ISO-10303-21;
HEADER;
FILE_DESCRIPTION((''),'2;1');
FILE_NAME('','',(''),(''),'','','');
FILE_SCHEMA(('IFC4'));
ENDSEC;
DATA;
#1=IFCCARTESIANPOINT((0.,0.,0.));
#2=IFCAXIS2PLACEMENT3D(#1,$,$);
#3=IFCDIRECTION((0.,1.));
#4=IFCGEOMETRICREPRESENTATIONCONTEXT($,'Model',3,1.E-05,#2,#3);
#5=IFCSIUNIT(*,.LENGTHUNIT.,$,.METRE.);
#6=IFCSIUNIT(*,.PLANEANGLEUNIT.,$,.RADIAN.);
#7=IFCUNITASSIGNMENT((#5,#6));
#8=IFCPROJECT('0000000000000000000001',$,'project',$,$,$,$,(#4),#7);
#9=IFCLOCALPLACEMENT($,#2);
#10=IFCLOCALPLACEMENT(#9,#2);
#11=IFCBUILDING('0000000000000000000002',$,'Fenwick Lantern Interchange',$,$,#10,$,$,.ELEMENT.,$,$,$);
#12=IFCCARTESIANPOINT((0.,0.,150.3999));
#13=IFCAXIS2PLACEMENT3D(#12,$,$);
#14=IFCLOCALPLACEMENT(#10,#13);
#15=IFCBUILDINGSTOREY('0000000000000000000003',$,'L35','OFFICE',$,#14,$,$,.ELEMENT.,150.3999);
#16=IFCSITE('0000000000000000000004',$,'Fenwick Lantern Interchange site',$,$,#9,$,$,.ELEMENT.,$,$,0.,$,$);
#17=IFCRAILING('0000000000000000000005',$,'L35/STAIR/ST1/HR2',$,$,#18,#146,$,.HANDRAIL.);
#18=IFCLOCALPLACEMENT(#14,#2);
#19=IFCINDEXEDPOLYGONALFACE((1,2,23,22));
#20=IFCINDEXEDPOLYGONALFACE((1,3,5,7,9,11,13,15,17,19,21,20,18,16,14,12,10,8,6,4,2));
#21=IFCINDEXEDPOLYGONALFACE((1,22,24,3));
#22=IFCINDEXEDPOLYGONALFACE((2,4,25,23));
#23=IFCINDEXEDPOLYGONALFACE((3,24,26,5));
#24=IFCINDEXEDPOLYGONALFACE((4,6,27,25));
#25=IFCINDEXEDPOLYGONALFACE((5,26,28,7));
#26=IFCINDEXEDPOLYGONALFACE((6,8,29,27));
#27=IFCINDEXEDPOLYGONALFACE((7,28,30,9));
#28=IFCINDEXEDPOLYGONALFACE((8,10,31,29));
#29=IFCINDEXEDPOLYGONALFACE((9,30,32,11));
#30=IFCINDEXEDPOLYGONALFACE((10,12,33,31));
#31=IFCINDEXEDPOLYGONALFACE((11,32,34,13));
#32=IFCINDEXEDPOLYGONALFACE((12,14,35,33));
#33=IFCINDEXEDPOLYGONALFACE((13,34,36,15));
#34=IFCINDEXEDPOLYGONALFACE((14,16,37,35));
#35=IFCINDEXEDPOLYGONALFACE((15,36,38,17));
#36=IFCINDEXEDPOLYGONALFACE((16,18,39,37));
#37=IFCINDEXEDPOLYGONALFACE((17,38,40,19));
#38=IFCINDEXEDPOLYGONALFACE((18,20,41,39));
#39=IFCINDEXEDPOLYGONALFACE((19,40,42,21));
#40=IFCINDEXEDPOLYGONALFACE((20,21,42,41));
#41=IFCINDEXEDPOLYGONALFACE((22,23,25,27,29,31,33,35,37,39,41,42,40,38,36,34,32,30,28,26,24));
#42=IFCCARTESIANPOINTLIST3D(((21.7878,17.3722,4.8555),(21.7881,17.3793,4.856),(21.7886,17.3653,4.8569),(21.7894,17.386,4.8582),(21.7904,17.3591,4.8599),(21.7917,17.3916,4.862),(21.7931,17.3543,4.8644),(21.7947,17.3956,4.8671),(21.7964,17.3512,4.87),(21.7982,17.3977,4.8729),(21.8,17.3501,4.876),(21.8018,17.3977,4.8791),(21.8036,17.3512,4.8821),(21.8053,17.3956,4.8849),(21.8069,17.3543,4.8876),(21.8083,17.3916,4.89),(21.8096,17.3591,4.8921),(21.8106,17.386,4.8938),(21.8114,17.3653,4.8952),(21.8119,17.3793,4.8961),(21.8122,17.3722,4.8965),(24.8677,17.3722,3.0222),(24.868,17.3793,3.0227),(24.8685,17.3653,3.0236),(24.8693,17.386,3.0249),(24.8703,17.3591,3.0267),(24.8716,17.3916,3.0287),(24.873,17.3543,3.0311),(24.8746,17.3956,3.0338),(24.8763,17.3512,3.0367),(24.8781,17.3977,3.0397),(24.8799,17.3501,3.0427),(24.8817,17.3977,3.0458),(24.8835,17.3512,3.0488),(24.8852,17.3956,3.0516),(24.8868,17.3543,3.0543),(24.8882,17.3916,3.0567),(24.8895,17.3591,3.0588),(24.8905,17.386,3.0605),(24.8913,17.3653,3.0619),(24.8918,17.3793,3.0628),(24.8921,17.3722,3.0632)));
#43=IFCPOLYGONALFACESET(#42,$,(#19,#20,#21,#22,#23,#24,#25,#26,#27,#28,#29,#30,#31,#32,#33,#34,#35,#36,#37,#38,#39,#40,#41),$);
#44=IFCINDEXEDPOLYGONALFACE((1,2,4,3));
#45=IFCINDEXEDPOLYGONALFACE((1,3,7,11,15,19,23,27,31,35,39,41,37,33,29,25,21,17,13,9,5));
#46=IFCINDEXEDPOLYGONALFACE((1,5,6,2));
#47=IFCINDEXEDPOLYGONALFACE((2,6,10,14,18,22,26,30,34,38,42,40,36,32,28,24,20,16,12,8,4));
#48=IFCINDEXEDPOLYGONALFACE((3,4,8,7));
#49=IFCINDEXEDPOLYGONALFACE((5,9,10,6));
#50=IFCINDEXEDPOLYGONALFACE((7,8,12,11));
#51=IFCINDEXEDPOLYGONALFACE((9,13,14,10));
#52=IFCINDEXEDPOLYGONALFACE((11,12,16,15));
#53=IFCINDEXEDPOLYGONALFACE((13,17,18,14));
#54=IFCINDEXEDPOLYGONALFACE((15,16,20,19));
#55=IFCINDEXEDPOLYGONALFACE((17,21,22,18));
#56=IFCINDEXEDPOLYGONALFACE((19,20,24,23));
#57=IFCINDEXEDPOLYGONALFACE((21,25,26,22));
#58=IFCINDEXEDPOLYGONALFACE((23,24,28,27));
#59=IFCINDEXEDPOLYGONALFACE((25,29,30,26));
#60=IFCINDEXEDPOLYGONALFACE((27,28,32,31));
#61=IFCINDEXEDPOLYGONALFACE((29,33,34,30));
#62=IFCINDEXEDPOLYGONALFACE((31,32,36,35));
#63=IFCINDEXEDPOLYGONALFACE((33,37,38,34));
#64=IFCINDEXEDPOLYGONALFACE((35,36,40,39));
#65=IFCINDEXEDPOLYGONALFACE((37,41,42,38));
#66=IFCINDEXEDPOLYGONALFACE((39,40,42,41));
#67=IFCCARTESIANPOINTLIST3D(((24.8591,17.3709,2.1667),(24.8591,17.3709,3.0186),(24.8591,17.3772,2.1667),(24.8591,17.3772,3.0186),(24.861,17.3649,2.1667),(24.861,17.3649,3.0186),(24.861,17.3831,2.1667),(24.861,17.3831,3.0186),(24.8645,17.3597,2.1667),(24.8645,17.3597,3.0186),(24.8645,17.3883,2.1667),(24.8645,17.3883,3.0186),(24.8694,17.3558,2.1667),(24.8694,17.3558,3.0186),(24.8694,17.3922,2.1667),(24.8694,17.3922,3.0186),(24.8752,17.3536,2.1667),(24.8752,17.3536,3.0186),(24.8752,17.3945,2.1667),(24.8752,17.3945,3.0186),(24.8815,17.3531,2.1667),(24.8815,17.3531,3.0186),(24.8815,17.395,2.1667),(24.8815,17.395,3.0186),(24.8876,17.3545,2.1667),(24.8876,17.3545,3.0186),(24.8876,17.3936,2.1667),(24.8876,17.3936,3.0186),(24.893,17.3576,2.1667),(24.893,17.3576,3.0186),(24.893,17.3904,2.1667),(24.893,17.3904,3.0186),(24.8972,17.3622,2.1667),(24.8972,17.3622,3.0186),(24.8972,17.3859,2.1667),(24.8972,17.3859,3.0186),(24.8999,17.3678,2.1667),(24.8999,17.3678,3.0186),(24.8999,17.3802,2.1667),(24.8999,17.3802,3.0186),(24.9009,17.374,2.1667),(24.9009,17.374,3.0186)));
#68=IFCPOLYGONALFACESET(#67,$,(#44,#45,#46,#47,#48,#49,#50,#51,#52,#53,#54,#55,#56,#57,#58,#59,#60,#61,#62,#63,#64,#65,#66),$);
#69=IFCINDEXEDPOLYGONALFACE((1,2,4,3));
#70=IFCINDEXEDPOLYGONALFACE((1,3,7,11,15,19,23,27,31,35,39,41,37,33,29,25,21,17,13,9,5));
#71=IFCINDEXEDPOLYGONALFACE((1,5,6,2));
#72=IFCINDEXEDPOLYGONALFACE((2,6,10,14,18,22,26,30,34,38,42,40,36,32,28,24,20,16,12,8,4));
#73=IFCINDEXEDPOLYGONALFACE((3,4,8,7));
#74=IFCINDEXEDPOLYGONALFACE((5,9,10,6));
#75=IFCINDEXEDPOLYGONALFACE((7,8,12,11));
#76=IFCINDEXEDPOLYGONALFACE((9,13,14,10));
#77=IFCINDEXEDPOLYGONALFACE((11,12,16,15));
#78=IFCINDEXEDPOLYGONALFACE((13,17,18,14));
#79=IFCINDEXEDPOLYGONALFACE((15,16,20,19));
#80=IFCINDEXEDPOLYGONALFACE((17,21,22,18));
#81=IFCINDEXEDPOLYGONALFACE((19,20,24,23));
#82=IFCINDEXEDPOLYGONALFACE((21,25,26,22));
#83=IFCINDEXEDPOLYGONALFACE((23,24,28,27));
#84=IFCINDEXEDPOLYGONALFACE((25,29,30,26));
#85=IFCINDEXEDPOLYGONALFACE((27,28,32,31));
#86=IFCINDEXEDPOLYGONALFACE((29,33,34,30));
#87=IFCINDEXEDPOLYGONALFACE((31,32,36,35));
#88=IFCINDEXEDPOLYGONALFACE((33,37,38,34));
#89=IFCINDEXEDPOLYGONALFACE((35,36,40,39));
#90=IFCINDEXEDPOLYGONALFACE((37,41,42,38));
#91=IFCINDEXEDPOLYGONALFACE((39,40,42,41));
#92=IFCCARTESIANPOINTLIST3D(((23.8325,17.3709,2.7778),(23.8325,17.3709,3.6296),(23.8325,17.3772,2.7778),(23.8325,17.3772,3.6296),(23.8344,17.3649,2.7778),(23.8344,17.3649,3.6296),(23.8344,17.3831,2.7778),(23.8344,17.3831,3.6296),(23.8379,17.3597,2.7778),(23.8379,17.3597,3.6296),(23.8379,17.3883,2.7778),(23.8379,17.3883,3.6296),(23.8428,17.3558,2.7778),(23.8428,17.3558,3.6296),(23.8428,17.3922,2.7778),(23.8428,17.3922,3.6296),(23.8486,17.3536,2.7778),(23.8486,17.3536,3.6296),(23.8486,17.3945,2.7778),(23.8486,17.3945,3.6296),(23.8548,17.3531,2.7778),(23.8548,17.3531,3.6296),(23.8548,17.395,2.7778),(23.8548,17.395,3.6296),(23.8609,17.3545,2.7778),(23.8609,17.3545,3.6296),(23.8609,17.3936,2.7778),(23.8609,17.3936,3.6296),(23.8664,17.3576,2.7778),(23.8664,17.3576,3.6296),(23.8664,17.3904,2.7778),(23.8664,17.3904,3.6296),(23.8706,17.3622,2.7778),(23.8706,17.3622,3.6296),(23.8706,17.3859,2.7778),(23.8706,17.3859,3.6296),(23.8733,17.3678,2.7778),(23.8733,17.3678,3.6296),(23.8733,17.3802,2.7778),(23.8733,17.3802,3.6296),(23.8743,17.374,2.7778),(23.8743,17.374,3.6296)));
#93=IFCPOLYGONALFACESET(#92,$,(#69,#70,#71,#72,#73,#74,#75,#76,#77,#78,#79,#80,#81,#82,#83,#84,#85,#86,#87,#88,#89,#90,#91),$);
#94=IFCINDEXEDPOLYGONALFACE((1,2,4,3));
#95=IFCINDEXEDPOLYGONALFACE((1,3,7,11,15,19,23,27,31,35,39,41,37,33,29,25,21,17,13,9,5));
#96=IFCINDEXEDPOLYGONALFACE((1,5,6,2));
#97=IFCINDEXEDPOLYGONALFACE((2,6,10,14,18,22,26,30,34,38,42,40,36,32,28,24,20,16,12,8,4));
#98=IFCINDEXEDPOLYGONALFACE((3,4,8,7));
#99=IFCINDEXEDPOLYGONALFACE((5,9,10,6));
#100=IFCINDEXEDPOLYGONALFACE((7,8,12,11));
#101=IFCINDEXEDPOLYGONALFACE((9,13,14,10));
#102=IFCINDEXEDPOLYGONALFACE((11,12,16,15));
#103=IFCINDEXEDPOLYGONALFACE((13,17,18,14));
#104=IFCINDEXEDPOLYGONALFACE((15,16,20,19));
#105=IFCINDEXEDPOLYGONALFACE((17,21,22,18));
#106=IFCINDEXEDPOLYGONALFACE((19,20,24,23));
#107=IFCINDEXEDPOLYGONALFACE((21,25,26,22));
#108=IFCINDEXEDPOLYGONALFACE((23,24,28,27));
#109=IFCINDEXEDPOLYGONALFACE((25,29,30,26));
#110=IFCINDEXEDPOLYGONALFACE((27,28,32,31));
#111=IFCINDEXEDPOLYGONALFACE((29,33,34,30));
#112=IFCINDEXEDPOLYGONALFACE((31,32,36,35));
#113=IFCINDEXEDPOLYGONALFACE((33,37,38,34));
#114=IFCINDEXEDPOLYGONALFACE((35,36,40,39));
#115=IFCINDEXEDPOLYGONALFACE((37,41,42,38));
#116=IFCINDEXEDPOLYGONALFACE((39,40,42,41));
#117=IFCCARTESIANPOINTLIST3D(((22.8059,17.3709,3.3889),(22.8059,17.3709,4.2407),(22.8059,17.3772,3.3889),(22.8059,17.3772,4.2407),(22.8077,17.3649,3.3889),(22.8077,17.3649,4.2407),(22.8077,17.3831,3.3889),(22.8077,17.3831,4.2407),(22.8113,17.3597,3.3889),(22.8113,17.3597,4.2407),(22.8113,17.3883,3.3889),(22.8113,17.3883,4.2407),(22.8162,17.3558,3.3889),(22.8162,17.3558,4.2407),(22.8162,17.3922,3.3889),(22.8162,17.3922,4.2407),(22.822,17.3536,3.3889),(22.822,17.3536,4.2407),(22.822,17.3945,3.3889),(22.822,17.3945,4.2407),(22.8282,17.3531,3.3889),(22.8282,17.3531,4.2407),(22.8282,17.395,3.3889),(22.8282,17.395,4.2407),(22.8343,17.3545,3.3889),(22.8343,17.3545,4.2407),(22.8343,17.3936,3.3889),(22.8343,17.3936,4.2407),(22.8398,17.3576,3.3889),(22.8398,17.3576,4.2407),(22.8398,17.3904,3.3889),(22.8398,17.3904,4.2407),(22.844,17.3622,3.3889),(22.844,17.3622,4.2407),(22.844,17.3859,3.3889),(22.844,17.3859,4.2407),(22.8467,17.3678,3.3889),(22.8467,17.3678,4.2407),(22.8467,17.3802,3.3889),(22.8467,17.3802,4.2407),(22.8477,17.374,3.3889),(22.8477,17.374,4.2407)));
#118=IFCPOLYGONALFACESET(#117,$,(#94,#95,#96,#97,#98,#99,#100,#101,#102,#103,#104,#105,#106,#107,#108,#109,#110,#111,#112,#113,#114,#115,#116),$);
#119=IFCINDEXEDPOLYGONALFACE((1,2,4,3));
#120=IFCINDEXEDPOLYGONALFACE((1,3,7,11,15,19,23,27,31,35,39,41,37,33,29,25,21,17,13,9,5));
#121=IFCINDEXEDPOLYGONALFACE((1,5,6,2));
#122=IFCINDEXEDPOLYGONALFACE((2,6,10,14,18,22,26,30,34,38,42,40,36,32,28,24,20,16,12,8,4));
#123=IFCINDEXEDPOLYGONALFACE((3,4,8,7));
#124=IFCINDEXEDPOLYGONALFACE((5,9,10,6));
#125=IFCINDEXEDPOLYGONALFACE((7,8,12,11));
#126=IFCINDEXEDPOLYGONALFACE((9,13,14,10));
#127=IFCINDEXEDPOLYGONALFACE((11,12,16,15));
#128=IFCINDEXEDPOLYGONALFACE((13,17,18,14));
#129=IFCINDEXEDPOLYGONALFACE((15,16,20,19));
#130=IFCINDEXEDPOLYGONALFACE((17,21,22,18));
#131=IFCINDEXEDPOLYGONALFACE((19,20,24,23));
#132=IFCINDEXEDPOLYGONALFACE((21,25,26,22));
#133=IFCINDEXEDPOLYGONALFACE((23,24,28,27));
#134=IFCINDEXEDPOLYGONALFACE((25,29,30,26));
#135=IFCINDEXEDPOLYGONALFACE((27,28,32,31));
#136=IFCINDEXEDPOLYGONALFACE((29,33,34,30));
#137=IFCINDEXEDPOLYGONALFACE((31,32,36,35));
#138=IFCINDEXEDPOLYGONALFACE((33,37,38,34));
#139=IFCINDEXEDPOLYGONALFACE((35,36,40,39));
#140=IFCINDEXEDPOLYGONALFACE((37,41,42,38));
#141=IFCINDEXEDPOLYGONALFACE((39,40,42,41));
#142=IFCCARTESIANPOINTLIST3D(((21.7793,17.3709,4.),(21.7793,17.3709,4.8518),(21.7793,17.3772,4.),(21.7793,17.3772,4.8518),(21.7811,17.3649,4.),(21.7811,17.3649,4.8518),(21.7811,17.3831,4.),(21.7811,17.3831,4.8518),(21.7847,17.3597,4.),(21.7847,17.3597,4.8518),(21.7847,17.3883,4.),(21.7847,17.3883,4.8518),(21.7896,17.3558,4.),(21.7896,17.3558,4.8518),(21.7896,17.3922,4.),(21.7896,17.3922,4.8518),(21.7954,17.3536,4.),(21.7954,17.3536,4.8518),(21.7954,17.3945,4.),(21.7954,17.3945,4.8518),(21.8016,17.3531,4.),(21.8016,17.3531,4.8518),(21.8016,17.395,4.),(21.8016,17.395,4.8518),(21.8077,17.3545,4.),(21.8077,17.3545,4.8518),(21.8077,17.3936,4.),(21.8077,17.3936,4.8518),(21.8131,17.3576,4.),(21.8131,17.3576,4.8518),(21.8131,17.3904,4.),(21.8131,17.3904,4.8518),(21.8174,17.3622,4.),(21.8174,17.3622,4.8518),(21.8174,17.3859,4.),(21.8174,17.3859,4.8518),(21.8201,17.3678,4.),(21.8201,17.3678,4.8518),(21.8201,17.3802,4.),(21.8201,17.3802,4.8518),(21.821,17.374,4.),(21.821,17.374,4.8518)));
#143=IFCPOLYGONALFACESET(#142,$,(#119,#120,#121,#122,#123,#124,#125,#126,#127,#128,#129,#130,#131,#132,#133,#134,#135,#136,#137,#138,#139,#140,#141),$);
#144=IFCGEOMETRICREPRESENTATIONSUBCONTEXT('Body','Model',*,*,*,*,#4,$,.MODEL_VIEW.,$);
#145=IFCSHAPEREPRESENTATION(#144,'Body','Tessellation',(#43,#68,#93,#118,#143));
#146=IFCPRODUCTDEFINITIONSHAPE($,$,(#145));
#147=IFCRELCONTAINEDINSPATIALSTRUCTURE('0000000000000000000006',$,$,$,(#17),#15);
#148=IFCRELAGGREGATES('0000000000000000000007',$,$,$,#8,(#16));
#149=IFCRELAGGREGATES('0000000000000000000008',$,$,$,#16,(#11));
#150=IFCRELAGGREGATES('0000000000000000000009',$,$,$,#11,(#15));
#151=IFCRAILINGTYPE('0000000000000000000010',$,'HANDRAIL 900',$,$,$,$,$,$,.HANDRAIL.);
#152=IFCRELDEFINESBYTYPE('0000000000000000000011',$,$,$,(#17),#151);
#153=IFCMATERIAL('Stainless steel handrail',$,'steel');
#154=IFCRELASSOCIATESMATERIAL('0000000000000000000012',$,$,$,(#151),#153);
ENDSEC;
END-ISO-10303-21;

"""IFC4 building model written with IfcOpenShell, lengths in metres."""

from ifc_helpers import new_model, si_unit, direction, frame, origin, origin_2d, place, context, subcontext, project, spatial, circle, extrude, material, type_object, element, save


model = new_model("IFC4")

# Units and contexts
model_context = context("Model", 3, precision=1e-05, world=origin(), true_north=direction((0.0, 1.0)))
body_context = subcontext(model_context, "Body", "Model", "MODEL_VIEW")
ifc_project = project(units=[si_unit("LENGTHUNIT", "METRE"), si_unit("PLANEANGLEUNIT", "RADIAN")], contexts=[model_context])

# Site, building, storey
site_placement = place(None, origin())
site = spatial("IfcSite", under=ifc_project, at=site_placement, Name="Fenwick Lantern Interchange site", CompositionType="ELEMENT", RefElevation=0.0)
building_placement = place(site_placement, origin())
building = spatial("IfcBuilding", under=site, at=building_placement, Name="Fenwick Lantern Interchange", CompositionType="ELEMENT")
storey_placement = place(building_placement, frame((0.0, 0.0, 150.3999)))
storey = spatial("IfcBuildingStorey", under=building, at=storey_placement, Name="L35", Description="OFFICE", CompositionType="ELEMENT", Elevation=150.3999)

# Railing
ifc_material_1 = material(Name="Stainless steel handrail", Category="steel")
railing_type = type_object("IfcRailingType", Name="HANDRAIL 900", PredefinedType="HANDRAIL", material=ifc_material_1)
railing_1_placement = place(storey_placement, frame((24.8799, 17.374, 2.1667)))
element("IfcRailing", 1, at=railing_1_placement, inside=storey, type_object=railing_type, Name="L35/STAIR/ST1/HR2", PredefinedType="HANDRAIL", context=body_context, shape_type="SweptSolid", body=[
    extrude(circle(Radius=0.0239, at=origin_2d()), frame((0.0, 0.0, 0.876), z_axis=(-0.859291, 0.0, 0.511487), x_axis=(0.0, -1.0, 0.0)), (0.0, 0.0, 1.0), 3.5842),
    extrude(circle(Radius=0.021, at=origin_2d()), origin(), (0.0, 0.0, 1.0), 0.8518),
    extrude(circle(Radius=0.021, at=origin_2d()), frame((-1.0266, 0.0, 0.6111)), (0.0, 0.0, 1.0), 0.8518),
    extrude(circle(Radius=0.021, at=origin_2d()), frame((-2.0532, 0.0, 1.2222)), (0.0, 0.0, 1.0), 0.8518),
    extrude(circle(Radius=0.021, at=origin_2d()), frame((-3.0798, 0.0, 1.8333)), (0.0, 0.0, 1.0), 0.8518),
])

save(model, "model.ifc")
